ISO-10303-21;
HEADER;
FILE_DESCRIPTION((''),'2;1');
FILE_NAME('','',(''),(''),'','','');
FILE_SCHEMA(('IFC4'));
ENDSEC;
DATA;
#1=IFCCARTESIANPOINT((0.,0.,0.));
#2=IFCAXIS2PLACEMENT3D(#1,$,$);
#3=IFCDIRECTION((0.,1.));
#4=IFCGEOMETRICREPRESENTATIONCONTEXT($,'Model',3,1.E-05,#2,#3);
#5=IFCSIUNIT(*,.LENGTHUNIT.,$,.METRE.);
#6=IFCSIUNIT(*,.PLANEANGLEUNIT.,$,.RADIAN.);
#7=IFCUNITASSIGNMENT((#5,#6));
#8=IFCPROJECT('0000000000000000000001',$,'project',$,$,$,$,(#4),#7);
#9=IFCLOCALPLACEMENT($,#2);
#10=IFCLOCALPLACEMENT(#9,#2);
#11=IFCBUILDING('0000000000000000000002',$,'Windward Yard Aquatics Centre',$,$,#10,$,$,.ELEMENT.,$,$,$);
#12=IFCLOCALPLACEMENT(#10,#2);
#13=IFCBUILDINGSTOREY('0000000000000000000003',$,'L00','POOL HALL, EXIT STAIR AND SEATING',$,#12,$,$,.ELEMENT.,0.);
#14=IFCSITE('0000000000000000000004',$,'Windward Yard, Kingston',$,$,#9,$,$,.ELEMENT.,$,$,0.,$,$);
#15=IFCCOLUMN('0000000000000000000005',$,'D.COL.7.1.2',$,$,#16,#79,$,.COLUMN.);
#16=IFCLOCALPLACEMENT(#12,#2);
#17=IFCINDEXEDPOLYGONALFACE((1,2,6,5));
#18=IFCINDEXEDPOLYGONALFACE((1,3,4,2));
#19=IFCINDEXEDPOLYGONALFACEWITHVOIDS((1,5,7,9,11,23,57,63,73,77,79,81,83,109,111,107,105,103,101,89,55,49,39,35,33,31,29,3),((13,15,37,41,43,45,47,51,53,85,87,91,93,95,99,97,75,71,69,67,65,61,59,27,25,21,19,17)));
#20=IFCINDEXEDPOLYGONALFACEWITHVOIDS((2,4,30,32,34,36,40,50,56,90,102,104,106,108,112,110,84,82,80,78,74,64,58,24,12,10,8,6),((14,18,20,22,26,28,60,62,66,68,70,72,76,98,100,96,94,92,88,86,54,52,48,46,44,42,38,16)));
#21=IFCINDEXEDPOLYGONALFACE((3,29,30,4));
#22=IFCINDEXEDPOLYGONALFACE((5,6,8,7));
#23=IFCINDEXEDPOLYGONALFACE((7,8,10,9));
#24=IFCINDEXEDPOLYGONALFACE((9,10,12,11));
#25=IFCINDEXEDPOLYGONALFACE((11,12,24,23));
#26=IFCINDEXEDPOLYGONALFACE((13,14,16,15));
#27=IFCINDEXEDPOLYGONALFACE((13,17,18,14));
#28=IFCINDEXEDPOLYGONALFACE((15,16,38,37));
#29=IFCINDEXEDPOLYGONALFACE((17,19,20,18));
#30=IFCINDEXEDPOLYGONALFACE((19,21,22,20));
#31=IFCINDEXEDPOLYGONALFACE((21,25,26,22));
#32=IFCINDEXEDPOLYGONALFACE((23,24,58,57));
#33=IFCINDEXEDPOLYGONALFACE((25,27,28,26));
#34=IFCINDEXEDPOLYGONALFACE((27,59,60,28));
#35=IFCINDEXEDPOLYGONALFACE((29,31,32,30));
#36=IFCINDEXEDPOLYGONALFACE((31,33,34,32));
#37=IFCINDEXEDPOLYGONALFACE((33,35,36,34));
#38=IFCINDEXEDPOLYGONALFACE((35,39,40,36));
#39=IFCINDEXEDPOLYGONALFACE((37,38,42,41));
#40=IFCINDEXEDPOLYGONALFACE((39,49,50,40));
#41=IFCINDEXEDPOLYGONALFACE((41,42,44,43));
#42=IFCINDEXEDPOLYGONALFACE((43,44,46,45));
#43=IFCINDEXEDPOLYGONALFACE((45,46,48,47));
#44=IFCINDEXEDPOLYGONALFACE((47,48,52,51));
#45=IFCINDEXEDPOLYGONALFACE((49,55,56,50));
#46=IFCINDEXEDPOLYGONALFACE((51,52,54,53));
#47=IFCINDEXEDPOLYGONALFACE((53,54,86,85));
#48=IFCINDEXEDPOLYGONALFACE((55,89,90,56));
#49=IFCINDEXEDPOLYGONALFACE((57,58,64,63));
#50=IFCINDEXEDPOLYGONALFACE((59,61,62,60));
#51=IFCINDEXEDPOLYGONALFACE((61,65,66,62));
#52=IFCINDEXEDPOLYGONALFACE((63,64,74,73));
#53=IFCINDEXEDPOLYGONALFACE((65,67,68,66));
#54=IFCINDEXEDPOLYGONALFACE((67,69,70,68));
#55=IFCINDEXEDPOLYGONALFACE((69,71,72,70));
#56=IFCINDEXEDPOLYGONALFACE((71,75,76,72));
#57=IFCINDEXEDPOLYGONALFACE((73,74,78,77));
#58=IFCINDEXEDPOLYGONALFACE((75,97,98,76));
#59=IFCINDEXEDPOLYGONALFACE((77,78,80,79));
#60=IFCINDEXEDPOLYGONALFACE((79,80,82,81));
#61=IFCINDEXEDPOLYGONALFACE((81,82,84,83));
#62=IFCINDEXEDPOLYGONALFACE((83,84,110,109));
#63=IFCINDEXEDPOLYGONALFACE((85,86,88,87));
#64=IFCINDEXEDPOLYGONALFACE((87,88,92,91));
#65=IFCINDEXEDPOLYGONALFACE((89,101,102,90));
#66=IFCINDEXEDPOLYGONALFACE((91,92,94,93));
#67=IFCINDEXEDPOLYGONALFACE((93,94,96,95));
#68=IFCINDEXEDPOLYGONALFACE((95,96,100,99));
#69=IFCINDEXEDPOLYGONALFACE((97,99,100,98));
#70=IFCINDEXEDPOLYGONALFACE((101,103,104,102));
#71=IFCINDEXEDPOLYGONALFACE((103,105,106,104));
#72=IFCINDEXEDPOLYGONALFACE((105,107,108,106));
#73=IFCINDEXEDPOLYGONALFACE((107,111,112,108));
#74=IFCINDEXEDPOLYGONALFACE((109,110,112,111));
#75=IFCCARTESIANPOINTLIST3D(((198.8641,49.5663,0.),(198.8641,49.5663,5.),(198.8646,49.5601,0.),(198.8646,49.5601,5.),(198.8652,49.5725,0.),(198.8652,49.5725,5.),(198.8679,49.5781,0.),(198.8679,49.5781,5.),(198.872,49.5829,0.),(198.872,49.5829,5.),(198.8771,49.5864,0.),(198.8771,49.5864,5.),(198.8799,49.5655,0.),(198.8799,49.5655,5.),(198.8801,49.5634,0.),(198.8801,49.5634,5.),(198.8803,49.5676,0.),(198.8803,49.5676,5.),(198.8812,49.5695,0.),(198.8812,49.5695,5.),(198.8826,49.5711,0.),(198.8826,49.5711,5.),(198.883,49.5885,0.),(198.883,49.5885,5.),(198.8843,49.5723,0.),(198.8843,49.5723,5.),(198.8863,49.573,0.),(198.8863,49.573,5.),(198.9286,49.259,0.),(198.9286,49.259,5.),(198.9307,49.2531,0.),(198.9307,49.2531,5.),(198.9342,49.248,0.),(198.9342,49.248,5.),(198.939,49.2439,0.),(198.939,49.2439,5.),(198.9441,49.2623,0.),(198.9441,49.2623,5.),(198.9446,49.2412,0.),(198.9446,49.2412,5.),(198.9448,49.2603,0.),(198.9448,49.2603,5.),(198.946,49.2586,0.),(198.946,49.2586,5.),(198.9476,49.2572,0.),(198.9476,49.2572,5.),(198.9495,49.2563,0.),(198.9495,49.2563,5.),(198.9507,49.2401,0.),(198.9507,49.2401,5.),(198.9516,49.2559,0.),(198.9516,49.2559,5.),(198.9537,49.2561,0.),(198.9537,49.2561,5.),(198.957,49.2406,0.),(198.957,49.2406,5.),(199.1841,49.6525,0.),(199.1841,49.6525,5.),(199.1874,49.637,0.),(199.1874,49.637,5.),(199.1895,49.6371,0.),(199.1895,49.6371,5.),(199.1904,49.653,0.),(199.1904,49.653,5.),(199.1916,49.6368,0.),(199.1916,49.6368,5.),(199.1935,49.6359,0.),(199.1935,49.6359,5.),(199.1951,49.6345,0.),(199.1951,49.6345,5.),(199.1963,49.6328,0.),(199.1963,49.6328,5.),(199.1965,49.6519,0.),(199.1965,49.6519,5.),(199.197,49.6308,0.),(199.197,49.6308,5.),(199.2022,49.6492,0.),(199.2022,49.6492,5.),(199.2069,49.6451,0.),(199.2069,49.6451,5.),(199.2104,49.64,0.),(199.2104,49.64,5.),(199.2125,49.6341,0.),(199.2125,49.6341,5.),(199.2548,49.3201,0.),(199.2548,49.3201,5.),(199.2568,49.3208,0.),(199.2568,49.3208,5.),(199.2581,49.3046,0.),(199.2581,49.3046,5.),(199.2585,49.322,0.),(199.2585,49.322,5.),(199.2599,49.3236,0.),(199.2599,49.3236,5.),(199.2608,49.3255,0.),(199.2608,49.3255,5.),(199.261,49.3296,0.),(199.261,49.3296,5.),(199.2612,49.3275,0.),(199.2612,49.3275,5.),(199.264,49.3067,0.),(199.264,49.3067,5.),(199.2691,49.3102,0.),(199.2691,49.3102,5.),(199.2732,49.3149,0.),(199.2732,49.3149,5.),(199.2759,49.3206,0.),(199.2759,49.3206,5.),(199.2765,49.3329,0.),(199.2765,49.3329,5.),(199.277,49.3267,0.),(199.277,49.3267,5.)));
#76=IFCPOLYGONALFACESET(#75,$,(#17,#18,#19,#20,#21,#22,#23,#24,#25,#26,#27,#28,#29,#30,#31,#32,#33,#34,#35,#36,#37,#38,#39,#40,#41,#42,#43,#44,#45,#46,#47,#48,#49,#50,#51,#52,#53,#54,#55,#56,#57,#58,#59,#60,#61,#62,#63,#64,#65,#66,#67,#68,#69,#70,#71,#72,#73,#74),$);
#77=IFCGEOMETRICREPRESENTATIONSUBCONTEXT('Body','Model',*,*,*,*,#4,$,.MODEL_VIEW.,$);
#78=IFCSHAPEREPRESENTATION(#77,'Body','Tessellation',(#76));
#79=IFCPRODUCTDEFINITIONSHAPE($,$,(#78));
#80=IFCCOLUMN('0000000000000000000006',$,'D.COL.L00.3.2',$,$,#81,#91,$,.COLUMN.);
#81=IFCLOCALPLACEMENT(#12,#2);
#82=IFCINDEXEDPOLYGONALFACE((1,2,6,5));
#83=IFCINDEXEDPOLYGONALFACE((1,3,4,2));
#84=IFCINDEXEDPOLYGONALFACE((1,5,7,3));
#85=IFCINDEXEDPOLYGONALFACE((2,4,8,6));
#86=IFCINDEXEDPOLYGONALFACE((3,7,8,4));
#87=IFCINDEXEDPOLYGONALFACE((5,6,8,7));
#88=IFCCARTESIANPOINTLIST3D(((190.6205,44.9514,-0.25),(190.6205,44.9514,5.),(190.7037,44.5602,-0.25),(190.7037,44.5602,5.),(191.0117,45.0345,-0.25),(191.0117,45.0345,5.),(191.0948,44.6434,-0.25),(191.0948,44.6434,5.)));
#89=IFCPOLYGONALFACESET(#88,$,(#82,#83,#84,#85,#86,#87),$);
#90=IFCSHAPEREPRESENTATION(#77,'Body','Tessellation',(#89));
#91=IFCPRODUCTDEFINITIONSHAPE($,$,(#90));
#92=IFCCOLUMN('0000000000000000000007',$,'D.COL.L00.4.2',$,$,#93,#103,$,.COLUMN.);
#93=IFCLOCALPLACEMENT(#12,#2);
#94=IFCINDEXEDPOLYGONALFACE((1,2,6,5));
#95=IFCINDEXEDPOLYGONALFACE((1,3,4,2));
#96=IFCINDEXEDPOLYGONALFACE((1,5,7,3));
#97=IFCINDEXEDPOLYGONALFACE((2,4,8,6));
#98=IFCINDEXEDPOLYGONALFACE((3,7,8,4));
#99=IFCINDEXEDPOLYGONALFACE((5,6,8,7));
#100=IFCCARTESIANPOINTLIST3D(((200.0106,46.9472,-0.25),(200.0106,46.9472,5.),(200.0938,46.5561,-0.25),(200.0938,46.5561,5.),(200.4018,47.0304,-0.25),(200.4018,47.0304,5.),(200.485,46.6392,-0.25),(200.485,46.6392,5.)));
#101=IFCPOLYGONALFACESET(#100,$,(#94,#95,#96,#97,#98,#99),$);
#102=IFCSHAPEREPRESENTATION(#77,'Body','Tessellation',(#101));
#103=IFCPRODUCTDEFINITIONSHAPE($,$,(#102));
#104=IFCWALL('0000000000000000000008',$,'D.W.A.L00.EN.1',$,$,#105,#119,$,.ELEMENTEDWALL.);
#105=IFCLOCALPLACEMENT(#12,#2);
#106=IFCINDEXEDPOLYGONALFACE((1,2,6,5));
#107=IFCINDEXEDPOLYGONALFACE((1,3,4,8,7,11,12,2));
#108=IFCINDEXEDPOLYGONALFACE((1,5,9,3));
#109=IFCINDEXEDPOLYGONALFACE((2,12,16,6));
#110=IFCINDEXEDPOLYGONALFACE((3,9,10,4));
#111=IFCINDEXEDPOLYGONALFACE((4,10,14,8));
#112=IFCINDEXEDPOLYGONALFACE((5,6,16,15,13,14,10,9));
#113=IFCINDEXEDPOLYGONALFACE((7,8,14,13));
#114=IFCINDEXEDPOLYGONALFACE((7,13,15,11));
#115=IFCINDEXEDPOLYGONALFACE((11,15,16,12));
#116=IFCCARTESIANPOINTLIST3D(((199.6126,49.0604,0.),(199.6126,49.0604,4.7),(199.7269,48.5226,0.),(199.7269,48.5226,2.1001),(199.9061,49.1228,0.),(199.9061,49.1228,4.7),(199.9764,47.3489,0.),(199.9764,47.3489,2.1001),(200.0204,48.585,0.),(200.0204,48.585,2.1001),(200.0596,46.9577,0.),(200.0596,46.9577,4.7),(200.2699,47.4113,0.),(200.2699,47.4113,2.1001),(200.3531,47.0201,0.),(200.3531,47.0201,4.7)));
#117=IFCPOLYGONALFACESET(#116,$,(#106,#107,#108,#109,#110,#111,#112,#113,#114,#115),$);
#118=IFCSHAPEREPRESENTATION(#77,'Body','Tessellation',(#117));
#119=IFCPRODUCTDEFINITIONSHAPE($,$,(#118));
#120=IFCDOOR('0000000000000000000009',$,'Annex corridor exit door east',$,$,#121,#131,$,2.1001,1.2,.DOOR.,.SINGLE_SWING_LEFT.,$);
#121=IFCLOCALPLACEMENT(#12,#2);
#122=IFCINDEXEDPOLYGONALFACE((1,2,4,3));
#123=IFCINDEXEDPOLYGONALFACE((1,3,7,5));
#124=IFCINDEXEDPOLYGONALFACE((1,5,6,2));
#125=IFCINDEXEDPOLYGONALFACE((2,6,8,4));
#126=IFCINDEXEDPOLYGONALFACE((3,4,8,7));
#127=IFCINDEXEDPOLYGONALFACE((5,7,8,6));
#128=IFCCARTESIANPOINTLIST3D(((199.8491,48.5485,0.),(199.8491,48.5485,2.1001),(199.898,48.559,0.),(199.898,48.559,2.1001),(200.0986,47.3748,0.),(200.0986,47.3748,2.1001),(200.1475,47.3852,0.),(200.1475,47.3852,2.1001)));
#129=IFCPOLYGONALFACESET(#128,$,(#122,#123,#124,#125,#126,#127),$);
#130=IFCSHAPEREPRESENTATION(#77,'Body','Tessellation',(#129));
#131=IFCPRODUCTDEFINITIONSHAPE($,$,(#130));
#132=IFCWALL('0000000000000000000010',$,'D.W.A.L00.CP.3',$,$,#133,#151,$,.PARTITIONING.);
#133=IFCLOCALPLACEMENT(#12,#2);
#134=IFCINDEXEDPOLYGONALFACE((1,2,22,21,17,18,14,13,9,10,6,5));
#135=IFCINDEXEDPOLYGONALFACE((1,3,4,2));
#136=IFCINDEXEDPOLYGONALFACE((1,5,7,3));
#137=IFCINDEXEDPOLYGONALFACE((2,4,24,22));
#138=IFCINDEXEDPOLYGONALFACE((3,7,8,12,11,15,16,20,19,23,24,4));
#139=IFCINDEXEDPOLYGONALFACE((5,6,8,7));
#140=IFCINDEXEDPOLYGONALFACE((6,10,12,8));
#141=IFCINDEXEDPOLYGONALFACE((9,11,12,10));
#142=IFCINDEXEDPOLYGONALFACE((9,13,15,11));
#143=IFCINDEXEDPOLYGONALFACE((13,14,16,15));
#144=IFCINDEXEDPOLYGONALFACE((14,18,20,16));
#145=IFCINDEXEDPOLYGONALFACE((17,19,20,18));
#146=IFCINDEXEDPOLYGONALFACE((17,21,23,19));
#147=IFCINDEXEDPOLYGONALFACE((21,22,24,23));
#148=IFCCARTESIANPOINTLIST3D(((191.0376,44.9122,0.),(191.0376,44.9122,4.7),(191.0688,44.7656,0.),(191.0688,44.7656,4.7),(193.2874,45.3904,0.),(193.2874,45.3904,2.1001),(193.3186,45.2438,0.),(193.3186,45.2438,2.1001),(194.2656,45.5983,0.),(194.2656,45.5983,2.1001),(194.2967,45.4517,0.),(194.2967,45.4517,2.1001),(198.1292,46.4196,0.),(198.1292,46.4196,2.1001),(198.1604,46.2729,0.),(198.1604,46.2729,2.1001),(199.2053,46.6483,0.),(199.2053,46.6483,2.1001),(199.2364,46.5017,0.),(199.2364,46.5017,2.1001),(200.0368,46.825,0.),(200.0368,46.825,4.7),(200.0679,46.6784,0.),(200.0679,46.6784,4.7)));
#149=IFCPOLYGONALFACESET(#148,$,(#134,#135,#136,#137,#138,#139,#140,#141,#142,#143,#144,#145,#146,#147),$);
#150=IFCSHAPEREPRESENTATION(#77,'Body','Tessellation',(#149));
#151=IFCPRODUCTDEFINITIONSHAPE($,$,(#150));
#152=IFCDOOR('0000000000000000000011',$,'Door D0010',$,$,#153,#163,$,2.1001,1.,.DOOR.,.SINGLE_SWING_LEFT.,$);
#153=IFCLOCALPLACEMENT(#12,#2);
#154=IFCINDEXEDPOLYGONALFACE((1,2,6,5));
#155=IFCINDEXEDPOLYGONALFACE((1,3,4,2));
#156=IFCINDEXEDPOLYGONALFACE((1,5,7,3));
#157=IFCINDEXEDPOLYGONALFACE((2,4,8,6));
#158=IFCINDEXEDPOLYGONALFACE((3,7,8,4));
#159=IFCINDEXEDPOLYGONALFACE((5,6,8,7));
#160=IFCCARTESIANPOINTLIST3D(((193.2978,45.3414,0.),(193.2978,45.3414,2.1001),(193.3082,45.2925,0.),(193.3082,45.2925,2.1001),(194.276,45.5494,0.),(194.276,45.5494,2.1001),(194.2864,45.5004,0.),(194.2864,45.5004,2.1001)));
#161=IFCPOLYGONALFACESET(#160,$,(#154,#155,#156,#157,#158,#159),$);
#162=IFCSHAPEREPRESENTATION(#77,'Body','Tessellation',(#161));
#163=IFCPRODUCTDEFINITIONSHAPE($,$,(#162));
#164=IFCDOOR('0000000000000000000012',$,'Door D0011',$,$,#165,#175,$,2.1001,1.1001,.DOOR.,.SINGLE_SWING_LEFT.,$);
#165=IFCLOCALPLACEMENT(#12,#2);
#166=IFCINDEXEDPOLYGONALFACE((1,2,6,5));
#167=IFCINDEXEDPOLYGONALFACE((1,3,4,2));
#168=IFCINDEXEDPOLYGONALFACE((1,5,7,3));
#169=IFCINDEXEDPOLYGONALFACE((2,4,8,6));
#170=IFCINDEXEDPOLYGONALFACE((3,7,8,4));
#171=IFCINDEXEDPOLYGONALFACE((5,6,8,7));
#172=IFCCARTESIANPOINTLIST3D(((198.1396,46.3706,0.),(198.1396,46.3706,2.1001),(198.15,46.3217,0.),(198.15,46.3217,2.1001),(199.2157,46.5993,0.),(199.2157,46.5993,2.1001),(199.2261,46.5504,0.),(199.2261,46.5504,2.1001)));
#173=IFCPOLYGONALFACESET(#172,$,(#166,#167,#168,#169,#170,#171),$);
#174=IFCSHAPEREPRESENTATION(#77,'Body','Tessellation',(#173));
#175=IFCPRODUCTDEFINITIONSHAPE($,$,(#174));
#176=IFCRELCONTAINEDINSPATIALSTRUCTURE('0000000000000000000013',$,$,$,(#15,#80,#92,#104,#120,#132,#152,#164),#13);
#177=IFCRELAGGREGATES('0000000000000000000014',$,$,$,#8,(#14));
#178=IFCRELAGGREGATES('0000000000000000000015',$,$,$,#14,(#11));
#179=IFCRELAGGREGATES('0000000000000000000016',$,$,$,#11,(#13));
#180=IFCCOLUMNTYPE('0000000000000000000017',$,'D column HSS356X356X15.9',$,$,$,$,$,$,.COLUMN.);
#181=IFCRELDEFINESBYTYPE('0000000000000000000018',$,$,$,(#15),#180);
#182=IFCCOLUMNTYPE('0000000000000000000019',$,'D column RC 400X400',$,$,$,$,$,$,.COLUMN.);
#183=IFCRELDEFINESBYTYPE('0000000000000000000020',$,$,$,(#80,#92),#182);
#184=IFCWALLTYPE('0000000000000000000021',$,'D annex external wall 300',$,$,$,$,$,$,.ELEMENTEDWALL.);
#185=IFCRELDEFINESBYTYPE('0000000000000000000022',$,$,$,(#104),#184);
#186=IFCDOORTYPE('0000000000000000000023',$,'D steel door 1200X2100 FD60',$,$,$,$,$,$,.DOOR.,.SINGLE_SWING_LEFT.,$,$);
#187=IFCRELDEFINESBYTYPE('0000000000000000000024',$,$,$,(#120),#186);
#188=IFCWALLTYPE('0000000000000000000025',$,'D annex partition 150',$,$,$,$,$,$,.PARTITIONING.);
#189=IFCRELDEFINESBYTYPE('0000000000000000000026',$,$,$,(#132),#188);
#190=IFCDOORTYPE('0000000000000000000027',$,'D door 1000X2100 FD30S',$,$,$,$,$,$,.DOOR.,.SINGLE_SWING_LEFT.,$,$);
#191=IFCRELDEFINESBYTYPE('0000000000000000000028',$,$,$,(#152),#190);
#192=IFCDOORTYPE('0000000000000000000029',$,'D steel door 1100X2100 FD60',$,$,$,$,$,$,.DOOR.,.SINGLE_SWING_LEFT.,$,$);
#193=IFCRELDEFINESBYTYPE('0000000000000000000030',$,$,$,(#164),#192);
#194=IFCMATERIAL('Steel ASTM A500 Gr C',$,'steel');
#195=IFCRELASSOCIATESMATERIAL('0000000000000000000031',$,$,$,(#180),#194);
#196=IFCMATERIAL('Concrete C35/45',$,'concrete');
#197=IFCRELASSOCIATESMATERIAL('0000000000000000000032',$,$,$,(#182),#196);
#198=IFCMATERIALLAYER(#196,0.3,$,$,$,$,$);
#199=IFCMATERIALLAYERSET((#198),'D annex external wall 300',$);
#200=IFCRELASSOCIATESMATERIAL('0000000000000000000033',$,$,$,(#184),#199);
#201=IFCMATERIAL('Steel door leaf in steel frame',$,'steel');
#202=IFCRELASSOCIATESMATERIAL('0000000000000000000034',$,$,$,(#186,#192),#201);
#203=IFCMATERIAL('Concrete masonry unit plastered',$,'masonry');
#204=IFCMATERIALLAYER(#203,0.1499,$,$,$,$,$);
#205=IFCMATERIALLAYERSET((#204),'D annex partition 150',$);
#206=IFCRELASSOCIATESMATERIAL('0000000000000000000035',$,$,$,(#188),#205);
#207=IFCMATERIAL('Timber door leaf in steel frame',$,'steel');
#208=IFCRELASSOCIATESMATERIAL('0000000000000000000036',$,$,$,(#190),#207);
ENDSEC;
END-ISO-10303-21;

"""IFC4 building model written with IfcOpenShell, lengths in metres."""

from ifc_helpers import new_model, si_unit, direction, frame, frame_2d, origin, origin_2d, place, context, subcontext, project, spatial, rectangle, hollow_rectangle, extrude, material, layer, layer_set, material_profile, profile_set, type_object, element, fill, save


model = new_model("IFC4")

# Units and contexts
model_context = context("Model", 3, precision=1e-05, world=origin(), true_north=direction((0.0, 1.0)))
body_context = subcontext(model_context, "Body", "Model", "MODEL_VIEW")
ifc_project = project(units=[si_unit("LENGTHUNIT", "METRE"), si_unit("PLANEANGLEUNIT", "RADIAN")], contexts=[model_context])

# Site, building, storey
site_placement = place(None, origin())
site = spatial("IfcSite", under=ifc_project, at=site_placement, Name="Windward Yard, Kingston", CompositionType="ELEMENT", RefElevation=0.0)
building_placement = place(site_placement, origin())
building = spatial("IfcBuilding", under=site, at=building_placement, Name="Windward Yard Aquatics Centre", CompositionType="ELEMENT")
storey_placement = place(building_placement, origin())
storey = spatial("IfcBuildingStorey", under=building, at=storey_placement, Name="L00", Description="POOL HALL, EXIT STAIR AND SEATING", CompositionType="ELEMENT", Elevation=0.0)

# Shared definitions
ifc_material_1 = material(Name="Concrete C35/45", Category="concrete")

# Columns
ifc_material_2 = material(Name="Steel ASTM A500 Gr C", Category="steel")
ifc_material_profile_1 = material_profile(ifc_material_2, hollow_rectangle(XDim=0.3557, YDim=0.3557, WallThickness=0.0159, InnerFilletRadius=0.0081, OuterFilletRadius=0.0239, at=origin_2d()), Name="HSS356X356X15.9")
ifc_profile_set_1 = profile_set([ifc_material_profile_1], Name="Steel ASTM A500 Gr C")
column_type_1 = type_object("IfcColumnType", Name="D column HSS356X356X15.9", PredefinedType="COLUMN", material=ifc_profile_set_1)
column_1_placement = place(storey_placement, frame((199.0706, 49.4465, 0.0), z_axis=(0.0, 0.0, 1.0), x_axis=(0.978148, 0.207912, 0.0)))
element("IfcColumn", 1, at=column_1_placement, inside=storey, type_object=column_type_1, Name="D.COL.7.1.2", PredefinedType="COLUMN", context=body_context, shape_type="SweptSolid", body=[
    extrude(hollow_rectangle(XDim=0.3557, YDim=0.3557, WallThickness=0.0159, InnerFilletRadius=0.0081, OuterFilletRadius=0.0239, at=origin_2d()), origin(), (0.0, 0.0, 1.0), 5.0),
])
ifc_material_profile_2 = material_profile(ifc_material_1, rectangle(XDim=0.3999, YDim=0.3999, at=origin_2d()), Name="RC 400X400")
ifc_profile_set_2 = profile_set([ifc_material_profile_2], Name="Concrete C35/45")
column_type_2 = type_object("IfcColumnType", Name="D column RC 400X400", PredefinedType="COLUMN", material=ifc_profile_set_2)
for number, where, z_axis, x_axis, name in (
    (2, (190.8577, 44.7974, -0.25), (0.0, 0.0, 1.0), (0.978148, 0.207912, 0.0), "D.COL.L00.3.2"),
    (3, (200.2478, 46.7932, -0.25), (0.0, 0.0, 1.0), (0.978148, 0.207912, 0.0), "D.COL.L00.4.2"),
):
    element("IfcColumn", number, at=place(storey_placement, frame(where, z_axis=z_axis, x_axis=x_axis)), inside=storey, type_object=column_type_2, Name=name, PredefinedType="COLUMN", context=body_context, shape_type="SweptSolid", body=[
        extrude(rectangle(XDim=0.3999, YDim=0.3999, at=origin_2d()), origin(), (0.0, 0.0, 1.0), 5.25),
    ])

# Wall, opening, door
ifc_layer_1 = layer(ifc_material_1, 0.3)
ifc_layer_set_1 = layer_set([ifc_layer_1], Name="D annex external wall 300")
wall_type_1 = type_object("IfcWallType", Name="D annex external wall 300", PredefinedType="ELEMENTEDWALL", material=ifc_layer_set_1)
wall_1_placement = place(storey_placement, frame((200.2063, 46.989, 0.0), z_axis=(0.0, 0.0, 1.0), x_axis=(-0.207939, 0.978142, 0.0)))
wall_1 = element("IfcWall", 4, at=wall_1_placement, inside=storey, type_object=wall_type_1, Name="D.W.A.L00.EN.1", PredefinedType="ELEMENTEDWALL", context=body_context, shape_type="SweptSolid", body=[
    extrude(rectangle(XDim=2.1497, YDim=0.3, at=frame_2d((1.0747, 0.0))), origin(), (0.0, 0.0, 1.0), 4.7),
])
opening_1_placement = place(wall_1_placement, frame((1.5999, 0.0, 0.0), z_axis=(0.0, 0.0, 1.0), x_axis=(-1.0, 0.0, 0.0)))
opening_1 = element("IfcOpeningElement", 5, at=opening_1_placement, cuts=wall_1, PredefinedType="OPENING", context=body_context, shape_type="SweptSolid", body=[
    extrude(rectangle(XDim=1.2, YDim=2.1001, at=frame_2d((0.6001, 1.05))), frame((0.0, 0.1602, 0.0), z_axis=(0.0, -1.0, 0.0), x_axis=(1.0, 0.0, 0.0)), (0.0, 0.0, 1.0), 0.3201),
])
ifc_material_3 = material(Name="Steel door leaf in steel frame", Category="steel")
door_type_1 = type_object("IfcDoorType", Name="D steel door 1200X2100 FD60", OperationType="SINGLE_SWING_LEFT", PredefinedType="DOOR", material=ifc_material_3)
door_1_placement = place(opening_1_placement, origin())
door_1 = element("IfcDoor", 6, at=door_1_placement, inside=storey, type_object=door_type_1, Name="Annex corridor exit door east", OperationType="SINGLE_SWING_LEFT", OverallHeight=2.1001, OverallWidth=1.2, PredefinedType="DOOR", context=body_context, shape_type="SweptSolid", body=[
    extrude(rectangle(XDim=1.2, YDim=2.1001, at=frame_2d((0.6001, 1.05))), frame((0.0, 0.0249, 0.0), z_axis=(0.0, -1.0, 0.0), x_axis=(1.0, 0.0, 0.0)), (0.0, 0.0, 1.0), 0.05),
])
fill(opening_1, door_1)

# Wall, openings, doors
ifc_material_4 = material(Name="Concrete masonry unit plastered", Category="masonry")
ifc_layer_2 = layer(ifc_material_4, 0.1499)
ifc_layer_set_2 = layer_set([ifc_layer_2], Name="D annex partition 150")
wall_type_2 = type_object("IfcWallType", Name="D annex partition 150", PredefinedType="PARTITIONING", material=ifc_layer_set_2)
wall_2_placement = place(storey_placement, frame((191.0532, 44.8389, 0.0), z_axis=(0.0, 0.0, 1.0), x_axis=(0.978147, 0.207916, 0.0)))
wall_2 = element("IfcWall", 7, at=wall_2_placement, inside=storey, type_object=wall_type_2, Name="D.W.A.L00.CP.3", PredefinedType="PARTITIONING", context=body_context, shape_type="SweptSolid", body=[
    extrude(rectangle(XDim=9.2002, YDim=0.1499, at=frame_2d((4.6001, 0.0))), origin(), (0.0, 0.0, 1.0), 4.7),
])
opening_2_placement = place(wall_2_placement, frame((2.3, 0.0, 0.0)))
opening_2 = element("IfcOpeningElement", 8, at=opening_2_placement, cuts=wall_2, PredefinedType="OPENING", context=body_context, shape_type="SweptSolid", body=[
    extrude(rectangle(XDim=1.0, YDim=2.1001, at=frame_2d((0.5, 1.05))), frame((0.0, 0.085, 0.0), z_axis=(0.0, -1.0, 0.0), x_axis=(1.0, 0.0, 0.0)), (0.0, 0.0, 1.0), 0.1699),
])
opening_3_placement = place(wall_2_placement, frame((7.25, 0.0, 0.0)))
opening_3 = element("IfcOpeningElement", 9, at=opening_3_placement, cuts=wall_2, PredefinedType="OPENING", context=body_context, shape_type="SweptSolid", body=[
    extrude(rectangle(XDim=1.1001, YDim=2.1001, at=frame_2d((0.55, 1.05))), frame((0.0, 0.085, 0.0), z_axis=(0.0, -1.0, 0.0), x_axis=(1.0, 0.0, 0.0)), (0.0, 0.0, 1.0), 0.1699),
])
ifc_material_5 = material(Name="Timber door leaf in steel frame", Category="steel")
door_type_2 = type_object("IfcDoorType", Name="D door 1000X2100 FD30S", OperationType="SINGLE_SWING_LEFT", PredefinedType="DOOR", material=ifc_material_5)
door_2_placement = place(opening_2_placement, origin())
door_2 = element("IfcDoor", 10, at=door_2_placement, inside=storey, type_object=door_type_2, Name="Door D0010", OperationType="SINGLE_SWING_LEFT", OverallHeight=2.1001, OverallWidth=1.0, PredefinedType="DOOR", context=body_context, shape_type="SweptSolid", body=[
    extrude(rectangle(XDim=1.0, YDim=2.1001, at=frame_2d((0.5, 1.05))), frame((0.0, 0.0249, 0.0), z_axis=(0.0, -1.0, 0.0), x_axis=(1.0, 0.0, 0.0)), (0.0, 0.0, 1.0), 0.05),
])
fill(opening_2, door_2)
door_type_3 = type_object("IfcDoorType", Name="D steel door 1100X2100 FD60", OperationType="SINGLE_SWING_LEFT", PredefinedType="DOOR", material=ifc_material_3)
door_3_placement = place(opening_3_placement, origin())
door_3 = element("IfcDoor", 11, at=door_3_placement, inside=storey, type_object=door_type_3, Name="Door D0011", OperationType="SINGLE_SWING_LEFT", OverallHeight=2.1001, OverallWidth=1.1001, PredefinedType="DOOR", context=body_context, shape_type="SweptSolid", body=[
    extrude(rectangle(XDim=1.1001, YDim=2.1001, at=frame_2d((0.55, 1.05))), frame((0.0, 0.0249, 0.0), z_axis=(0.0, -1.0, 0.0), x_axis=(1.0, 0.0, 0.0)), (0.0, 0.0, 1.0), 0.05),
])
fill(opening_3, door_3)

save(model, "model.ifc")
